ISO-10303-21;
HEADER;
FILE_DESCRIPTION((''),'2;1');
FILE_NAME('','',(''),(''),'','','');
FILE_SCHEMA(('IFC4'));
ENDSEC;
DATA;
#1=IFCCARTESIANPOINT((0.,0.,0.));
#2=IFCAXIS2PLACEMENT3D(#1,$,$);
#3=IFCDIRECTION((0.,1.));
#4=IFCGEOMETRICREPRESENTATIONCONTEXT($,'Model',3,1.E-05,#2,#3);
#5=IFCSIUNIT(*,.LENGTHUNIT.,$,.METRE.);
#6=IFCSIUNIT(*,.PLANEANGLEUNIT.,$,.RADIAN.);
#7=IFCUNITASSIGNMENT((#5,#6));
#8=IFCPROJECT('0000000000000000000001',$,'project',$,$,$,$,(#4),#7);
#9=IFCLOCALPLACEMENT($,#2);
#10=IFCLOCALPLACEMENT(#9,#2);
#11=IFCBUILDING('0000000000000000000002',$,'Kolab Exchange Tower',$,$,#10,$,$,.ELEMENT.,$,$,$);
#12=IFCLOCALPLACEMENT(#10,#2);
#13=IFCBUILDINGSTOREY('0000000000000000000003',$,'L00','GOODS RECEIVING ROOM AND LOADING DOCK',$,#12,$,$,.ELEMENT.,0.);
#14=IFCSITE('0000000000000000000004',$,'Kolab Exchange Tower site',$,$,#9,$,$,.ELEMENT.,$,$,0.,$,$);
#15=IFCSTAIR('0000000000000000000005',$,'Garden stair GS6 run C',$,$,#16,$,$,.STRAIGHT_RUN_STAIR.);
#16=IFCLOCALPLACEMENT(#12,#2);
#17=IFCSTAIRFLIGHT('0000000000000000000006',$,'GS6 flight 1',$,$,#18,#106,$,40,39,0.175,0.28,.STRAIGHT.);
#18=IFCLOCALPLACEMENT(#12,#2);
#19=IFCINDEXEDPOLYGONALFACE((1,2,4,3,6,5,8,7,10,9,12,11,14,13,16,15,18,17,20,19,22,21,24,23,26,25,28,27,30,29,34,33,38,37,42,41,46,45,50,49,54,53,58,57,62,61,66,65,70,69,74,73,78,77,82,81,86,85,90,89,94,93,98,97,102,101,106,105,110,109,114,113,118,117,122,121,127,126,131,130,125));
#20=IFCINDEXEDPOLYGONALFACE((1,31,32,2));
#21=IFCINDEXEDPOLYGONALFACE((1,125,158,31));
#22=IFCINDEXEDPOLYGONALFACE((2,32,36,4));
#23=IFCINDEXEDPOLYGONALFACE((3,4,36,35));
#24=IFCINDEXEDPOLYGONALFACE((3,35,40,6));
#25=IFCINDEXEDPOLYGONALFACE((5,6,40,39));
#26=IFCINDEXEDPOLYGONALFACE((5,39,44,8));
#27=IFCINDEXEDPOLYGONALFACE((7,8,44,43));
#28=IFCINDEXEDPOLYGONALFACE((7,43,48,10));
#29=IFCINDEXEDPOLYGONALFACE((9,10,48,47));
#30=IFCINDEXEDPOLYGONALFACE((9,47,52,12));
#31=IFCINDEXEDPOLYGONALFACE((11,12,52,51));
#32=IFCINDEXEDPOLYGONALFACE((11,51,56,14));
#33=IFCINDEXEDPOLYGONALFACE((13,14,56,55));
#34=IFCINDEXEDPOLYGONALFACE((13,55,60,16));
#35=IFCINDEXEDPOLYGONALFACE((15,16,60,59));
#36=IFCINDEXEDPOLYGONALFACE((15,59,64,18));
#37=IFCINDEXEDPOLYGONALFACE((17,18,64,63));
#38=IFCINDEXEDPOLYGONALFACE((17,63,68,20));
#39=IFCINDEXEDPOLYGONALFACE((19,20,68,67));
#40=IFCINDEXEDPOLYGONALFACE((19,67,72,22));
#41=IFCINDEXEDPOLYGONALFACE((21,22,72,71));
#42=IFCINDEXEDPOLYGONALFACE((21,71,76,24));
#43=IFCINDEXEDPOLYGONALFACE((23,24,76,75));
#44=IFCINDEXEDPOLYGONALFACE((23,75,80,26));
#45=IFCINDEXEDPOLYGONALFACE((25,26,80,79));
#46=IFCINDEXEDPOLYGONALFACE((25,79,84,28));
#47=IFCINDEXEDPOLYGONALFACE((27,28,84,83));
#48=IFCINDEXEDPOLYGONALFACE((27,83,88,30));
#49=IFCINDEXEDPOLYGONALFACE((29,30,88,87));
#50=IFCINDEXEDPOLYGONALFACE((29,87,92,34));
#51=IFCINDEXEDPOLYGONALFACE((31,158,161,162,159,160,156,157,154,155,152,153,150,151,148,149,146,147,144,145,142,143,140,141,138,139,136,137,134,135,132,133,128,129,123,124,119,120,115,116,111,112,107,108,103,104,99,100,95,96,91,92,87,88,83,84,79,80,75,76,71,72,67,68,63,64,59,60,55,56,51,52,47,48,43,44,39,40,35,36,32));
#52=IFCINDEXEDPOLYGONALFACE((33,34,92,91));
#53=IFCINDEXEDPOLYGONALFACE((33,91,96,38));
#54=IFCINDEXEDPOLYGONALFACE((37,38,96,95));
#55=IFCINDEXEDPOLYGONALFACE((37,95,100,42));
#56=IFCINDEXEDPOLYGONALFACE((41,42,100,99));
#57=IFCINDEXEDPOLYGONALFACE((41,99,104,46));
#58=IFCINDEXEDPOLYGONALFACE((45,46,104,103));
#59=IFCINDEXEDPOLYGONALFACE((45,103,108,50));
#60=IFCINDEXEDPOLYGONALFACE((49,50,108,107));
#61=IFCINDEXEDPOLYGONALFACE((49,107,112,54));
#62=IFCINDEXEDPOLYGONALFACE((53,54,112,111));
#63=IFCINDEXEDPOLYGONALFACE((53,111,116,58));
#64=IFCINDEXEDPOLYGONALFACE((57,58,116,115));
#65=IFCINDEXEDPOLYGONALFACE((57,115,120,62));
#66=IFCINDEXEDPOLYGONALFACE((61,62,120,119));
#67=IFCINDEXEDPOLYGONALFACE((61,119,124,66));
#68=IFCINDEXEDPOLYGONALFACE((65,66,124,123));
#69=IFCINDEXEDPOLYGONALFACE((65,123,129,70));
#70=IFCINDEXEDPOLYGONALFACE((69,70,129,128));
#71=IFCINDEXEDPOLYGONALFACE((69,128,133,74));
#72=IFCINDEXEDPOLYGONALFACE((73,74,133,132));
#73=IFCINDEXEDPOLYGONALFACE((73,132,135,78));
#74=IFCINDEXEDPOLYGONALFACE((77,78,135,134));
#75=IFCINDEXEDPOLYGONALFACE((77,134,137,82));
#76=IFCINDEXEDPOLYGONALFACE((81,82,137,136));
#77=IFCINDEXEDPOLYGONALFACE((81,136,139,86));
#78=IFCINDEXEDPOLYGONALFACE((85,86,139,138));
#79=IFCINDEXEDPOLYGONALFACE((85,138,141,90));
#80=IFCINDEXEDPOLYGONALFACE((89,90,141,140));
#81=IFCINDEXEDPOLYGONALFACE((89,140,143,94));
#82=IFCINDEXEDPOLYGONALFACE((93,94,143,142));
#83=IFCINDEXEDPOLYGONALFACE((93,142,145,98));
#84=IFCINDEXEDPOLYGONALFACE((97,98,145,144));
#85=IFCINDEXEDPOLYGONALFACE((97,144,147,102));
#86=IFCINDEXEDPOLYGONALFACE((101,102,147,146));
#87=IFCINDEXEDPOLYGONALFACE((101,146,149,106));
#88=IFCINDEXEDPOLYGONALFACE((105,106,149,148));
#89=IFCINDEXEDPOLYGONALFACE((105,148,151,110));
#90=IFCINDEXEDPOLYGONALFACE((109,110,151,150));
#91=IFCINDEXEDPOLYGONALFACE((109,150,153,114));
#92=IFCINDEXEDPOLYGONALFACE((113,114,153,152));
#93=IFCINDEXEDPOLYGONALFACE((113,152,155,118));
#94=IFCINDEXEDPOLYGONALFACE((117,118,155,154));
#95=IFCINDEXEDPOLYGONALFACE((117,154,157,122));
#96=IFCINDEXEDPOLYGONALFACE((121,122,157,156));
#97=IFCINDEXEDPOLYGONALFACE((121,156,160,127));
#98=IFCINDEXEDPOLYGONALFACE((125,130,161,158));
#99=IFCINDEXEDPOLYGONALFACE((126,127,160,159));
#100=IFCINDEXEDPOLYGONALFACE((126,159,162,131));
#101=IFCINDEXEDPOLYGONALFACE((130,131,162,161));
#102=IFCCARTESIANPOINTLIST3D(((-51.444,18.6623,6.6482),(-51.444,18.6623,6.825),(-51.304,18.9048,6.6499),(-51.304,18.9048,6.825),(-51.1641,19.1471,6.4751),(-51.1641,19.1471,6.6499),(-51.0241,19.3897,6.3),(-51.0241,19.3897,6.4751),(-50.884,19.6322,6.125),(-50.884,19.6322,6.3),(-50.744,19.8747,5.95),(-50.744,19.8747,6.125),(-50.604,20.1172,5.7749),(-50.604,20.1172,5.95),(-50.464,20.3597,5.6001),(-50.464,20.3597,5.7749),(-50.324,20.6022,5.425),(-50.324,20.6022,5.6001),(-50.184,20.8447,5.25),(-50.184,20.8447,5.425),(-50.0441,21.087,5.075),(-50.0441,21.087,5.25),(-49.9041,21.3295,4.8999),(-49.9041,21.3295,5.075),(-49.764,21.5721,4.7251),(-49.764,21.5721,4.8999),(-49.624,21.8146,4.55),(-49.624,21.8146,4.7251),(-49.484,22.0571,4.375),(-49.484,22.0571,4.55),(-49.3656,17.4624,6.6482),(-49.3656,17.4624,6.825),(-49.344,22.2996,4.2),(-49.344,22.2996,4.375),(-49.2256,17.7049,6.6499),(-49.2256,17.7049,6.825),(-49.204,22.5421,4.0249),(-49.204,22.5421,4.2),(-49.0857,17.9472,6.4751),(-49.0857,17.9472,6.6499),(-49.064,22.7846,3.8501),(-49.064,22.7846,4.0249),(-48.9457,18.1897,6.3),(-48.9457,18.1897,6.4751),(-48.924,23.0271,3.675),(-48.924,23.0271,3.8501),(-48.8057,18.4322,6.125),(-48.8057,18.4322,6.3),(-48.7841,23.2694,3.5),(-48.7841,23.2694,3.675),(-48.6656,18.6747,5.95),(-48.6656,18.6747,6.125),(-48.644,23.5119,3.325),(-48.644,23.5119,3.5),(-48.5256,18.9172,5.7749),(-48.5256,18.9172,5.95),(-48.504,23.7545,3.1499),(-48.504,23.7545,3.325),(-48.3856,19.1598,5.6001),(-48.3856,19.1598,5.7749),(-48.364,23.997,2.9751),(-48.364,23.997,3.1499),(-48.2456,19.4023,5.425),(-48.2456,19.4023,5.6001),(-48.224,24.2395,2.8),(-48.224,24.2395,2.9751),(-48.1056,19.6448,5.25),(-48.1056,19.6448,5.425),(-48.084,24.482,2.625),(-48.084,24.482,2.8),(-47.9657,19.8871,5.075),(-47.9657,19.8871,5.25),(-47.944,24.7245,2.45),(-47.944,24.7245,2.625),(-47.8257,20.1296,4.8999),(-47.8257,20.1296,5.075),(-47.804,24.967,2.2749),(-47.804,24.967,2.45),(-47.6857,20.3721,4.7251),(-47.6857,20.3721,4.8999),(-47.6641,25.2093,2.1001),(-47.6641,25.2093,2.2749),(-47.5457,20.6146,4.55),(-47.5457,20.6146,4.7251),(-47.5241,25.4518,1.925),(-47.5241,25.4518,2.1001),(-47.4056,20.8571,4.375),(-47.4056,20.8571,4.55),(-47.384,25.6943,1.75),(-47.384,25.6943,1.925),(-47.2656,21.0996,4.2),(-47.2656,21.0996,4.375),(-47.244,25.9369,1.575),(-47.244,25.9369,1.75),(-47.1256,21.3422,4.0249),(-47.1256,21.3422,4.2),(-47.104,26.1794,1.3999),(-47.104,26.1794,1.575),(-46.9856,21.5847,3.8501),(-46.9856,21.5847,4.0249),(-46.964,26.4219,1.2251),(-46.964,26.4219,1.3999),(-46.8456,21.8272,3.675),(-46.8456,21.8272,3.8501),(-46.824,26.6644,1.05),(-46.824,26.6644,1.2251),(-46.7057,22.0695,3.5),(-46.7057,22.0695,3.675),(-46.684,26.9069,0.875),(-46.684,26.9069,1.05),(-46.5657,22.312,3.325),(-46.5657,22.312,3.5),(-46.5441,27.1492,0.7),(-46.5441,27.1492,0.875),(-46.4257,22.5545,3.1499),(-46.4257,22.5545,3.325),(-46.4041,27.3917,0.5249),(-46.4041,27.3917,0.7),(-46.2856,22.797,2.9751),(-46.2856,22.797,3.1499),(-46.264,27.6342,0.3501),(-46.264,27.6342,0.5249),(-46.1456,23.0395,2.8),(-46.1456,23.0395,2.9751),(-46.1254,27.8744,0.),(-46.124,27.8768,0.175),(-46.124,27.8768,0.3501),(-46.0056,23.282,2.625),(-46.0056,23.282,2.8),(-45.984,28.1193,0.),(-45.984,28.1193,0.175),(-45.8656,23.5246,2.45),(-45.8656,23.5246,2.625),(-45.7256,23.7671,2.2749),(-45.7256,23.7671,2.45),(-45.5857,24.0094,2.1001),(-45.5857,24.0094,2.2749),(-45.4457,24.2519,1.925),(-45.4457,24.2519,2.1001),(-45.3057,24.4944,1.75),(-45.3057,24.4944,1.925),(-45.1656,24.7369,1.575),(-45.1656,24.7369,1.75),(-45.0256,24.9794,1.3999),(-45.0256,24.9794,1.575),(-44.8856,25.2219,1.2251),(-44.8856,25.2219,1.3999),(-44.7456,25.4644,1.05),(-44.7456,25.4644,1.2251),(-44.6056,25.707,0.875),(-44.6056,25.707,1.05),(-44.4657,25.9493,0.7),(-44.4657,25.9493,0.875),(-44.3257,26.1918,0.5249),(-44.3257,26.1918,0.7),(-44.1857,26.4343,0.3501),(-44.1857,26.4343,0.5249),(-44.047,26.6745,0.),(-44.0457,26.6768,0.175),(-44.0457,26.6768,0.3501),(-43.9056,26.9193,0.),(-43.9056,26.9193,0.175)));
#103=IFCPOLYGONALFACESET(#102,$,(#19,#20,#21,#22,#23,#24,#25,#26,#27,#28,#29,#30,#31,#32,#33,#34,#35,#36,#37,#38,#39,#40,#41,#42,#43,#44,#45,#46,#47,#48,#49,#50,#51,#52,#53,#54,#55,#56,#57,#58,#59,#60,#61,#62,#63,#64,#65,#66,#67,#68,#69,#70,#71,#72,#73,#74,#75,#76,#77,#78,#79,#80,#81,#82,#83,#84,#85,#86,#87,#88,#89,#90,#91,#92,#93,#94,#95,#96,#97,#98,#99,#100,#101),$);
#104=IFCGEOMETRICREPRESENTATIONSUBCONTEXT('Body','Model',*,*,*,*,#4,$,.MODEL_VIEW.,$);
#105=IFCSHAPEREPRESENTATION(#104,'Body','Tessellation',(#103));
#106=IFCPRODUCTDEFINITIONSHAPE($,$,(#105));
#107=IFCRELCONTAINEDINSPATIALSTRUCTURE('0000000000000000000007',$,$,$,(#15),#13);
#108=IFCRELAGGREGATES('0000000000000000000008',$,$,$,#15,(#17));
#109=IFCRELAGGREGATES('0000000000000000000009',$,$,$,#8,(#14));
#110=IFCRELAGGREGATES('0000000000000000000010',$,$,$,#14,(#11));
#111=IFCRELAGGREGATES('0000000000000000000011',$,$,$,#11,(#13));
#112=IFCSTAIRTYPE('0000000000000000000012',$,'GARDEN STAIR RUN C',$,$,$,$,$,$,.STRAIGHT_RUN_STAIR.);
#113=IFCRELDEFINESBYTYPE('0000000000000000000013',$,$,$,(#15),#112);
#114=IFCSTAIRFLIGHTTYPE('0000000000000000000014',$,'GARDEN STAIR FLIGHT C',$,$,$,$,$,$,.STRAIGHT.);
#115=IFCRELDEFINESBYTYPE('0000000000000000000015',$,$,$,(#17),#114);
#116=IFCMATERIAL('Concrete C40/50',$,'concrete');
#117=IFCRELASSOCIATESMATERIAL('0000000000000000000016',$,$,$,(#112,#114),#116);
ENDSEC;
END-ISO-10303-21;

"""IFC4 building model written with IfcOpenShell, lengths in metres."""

from ifc_helpers import new_model, si_unit, direction, frame, origin, place, context, subcontext, project, spatial, polyline, outline, extrude, material, type_object, element, aggregate, save


model = new_model("IFC4")

# Units and contexts
model_context = context("Model", 3, precision=1e-05, world=origin(), true_north=direction((0.0, 1.0)))
body_context = subcontext(model_context, "Body", "Model", "MODEL_VIEW")
ifc_project = project(units=[si_unit("LENGTHUNIT", "METRE"), si_unit("PLANEANGLEUNIT", "RADIAN")], contexts=[model_context])

# Site, building, storey
site_placement = place(None, origin())
site = spatial("IfcSite", under=ifc_project, at=site_placement, Name="Kolab Exchange Tower site", CompositionType="ELEMENT", RefElevation=0.0)
building_placement = place(site_placement, origin())
building = spatial("IfcBuilding", under=site, at=building_placement, Name="Kolab Exchange Tower", CompositionType="ELEMENT")
storey_placement = place(building_placement, origin())
storey = spatial("IfcBuildingStorey", under=building, at=storey_placement, Name="L00", Description="GOODS RECEIVING ROOM AND LOADING DOCK", CompositionType="ELEMENT", Elevation=0.0)

# Shared definitions
ifc_material_1 = material(Name="Concrete C40/50", Category="concrete")

# Stair, stair flight
stair_type = type_object("IfcStairType", Name="GARDEN STAIR RUN C", PredefinedType="STRAIGHT_RUN_STAIR", material=ifc_material_1)
stair_placement = place(storey_placement, origin())
stair = element("IfcStair", 1, at=stair_placement, inside=storey, type_object=stair_type, Name="Garden stair GS6 run C", PredefinedType="STRAIGHT_RUN_STAIR")
stair_flight_type = type_object("IfcStairFlightType", Name="GARDEN STAIR FLIGHT C", PredefinedType="STRAIGHT", material=ifc_material_1)
stair_flight_placement = place(storey_placement, frame((-44.9448, 27.5193, 0.0), z_axis=(0.0, 0.0, 1.0), x_axis=(-0.5, -0.866025, 0.0)))
stair_flight = element("IfcStairFlight", 2, at=stair_flight_placement, type_object=stair_flight_type, Name="GS6 flight 1", NumberOfRisers=40, NumberOfTreads=39, PredefinedType="STRAIGHT", RiserHeight=0.175, TreadLength=0.28, context=body_context, shape_type="SweptSolid", body=[
    extrude(outline(polyline([(0.0, 0.0), (0.0, 0.175), (0.28, 0.175), (0.28, 0.3501), (0.5601, 0.3501), (0.5601, 0.5249), (0.8401, 0.5249), (0.8401, 0.7), (1.1201, 0.7), (1.1201, 0.875), (1.3999, 0.875), (1.3999, 1.05), (1.6799, 1.05), (1.6799, 1.2251), (1.96, 1.2251), (1.96, 1.3999), (2.24, 1.3999), (2.24, 1.575), (2.52, 1.575), (2.52, 1.75), (2.8, 1.75), (2.8, 1.925), (3.0801, 1.925), (3.0801, 2.1001), (3.3601, 2.1001), (3.3601, 2.2749), (3.6399, 2.2749), (3.6399, 2.45), (3.9199, 2.45), (3.9199, 2.625), (4.2, 2.625), (4.2, 2.8), (4.48, 2.8), (4.48, 2.9751), (4.76, 2.9751), (4.76, 3.1499), (5.04, 3.1499), (5.04, 3.325), (5.3201, 3.325), (5.3201, 3.5), (5.6001, 3.5), (5.6001, 3.675), (5.8799, 3.675), (5.8799, 3.8501), (6.1599, 3.8501), (6.1599, 4.0249), (6.4399, 4.0249), (6.4399, 4.2), (6.72, 4.2), (6.72, 4.375), (7.0, 4.375), (7.0, 4.55), (7.28, 4.55), (7.28, 4.7251), (7.5601, 4.7251), (7.5601, 4.8999), (7.8401, 4.8999), (7.8401, 5.075), (8.1201, 5.075), (8.1201, 5.25), (8.3999, 5.25), (8.3999, 5.425), (8.6799, 5.425), (8.6799, 5.6001), (8.96, 5.6001), (8.96, 5.7749), (9.24, 5.7749), (9.24, 5.95), (9.52, 5.95), (9.52, 6.125), (9.8, 6.125), (9.8, 6.3), (10.0801, 6.3), (10.0801, 6.4751), (10.3601, 6.4751), (10.3601, 6.6499), (10.6399, 6.6499), (10.6399, 6.825), (10.9199, 6.825), (10.9199, 7.0), (10.9199, 6.6482), (0.2827, 0.0), (0.0, 0.0)])), frame((0.0, 1.2, 0.0), z_axis=(0.0, -1.0, 0.0), x_axis=(1.0, 0.0, 0.0)), (0.0, 0.0, 1.0), 2.3999),
])
aggregate(stair, [stair_flight])

save(model, "model.ifc")
